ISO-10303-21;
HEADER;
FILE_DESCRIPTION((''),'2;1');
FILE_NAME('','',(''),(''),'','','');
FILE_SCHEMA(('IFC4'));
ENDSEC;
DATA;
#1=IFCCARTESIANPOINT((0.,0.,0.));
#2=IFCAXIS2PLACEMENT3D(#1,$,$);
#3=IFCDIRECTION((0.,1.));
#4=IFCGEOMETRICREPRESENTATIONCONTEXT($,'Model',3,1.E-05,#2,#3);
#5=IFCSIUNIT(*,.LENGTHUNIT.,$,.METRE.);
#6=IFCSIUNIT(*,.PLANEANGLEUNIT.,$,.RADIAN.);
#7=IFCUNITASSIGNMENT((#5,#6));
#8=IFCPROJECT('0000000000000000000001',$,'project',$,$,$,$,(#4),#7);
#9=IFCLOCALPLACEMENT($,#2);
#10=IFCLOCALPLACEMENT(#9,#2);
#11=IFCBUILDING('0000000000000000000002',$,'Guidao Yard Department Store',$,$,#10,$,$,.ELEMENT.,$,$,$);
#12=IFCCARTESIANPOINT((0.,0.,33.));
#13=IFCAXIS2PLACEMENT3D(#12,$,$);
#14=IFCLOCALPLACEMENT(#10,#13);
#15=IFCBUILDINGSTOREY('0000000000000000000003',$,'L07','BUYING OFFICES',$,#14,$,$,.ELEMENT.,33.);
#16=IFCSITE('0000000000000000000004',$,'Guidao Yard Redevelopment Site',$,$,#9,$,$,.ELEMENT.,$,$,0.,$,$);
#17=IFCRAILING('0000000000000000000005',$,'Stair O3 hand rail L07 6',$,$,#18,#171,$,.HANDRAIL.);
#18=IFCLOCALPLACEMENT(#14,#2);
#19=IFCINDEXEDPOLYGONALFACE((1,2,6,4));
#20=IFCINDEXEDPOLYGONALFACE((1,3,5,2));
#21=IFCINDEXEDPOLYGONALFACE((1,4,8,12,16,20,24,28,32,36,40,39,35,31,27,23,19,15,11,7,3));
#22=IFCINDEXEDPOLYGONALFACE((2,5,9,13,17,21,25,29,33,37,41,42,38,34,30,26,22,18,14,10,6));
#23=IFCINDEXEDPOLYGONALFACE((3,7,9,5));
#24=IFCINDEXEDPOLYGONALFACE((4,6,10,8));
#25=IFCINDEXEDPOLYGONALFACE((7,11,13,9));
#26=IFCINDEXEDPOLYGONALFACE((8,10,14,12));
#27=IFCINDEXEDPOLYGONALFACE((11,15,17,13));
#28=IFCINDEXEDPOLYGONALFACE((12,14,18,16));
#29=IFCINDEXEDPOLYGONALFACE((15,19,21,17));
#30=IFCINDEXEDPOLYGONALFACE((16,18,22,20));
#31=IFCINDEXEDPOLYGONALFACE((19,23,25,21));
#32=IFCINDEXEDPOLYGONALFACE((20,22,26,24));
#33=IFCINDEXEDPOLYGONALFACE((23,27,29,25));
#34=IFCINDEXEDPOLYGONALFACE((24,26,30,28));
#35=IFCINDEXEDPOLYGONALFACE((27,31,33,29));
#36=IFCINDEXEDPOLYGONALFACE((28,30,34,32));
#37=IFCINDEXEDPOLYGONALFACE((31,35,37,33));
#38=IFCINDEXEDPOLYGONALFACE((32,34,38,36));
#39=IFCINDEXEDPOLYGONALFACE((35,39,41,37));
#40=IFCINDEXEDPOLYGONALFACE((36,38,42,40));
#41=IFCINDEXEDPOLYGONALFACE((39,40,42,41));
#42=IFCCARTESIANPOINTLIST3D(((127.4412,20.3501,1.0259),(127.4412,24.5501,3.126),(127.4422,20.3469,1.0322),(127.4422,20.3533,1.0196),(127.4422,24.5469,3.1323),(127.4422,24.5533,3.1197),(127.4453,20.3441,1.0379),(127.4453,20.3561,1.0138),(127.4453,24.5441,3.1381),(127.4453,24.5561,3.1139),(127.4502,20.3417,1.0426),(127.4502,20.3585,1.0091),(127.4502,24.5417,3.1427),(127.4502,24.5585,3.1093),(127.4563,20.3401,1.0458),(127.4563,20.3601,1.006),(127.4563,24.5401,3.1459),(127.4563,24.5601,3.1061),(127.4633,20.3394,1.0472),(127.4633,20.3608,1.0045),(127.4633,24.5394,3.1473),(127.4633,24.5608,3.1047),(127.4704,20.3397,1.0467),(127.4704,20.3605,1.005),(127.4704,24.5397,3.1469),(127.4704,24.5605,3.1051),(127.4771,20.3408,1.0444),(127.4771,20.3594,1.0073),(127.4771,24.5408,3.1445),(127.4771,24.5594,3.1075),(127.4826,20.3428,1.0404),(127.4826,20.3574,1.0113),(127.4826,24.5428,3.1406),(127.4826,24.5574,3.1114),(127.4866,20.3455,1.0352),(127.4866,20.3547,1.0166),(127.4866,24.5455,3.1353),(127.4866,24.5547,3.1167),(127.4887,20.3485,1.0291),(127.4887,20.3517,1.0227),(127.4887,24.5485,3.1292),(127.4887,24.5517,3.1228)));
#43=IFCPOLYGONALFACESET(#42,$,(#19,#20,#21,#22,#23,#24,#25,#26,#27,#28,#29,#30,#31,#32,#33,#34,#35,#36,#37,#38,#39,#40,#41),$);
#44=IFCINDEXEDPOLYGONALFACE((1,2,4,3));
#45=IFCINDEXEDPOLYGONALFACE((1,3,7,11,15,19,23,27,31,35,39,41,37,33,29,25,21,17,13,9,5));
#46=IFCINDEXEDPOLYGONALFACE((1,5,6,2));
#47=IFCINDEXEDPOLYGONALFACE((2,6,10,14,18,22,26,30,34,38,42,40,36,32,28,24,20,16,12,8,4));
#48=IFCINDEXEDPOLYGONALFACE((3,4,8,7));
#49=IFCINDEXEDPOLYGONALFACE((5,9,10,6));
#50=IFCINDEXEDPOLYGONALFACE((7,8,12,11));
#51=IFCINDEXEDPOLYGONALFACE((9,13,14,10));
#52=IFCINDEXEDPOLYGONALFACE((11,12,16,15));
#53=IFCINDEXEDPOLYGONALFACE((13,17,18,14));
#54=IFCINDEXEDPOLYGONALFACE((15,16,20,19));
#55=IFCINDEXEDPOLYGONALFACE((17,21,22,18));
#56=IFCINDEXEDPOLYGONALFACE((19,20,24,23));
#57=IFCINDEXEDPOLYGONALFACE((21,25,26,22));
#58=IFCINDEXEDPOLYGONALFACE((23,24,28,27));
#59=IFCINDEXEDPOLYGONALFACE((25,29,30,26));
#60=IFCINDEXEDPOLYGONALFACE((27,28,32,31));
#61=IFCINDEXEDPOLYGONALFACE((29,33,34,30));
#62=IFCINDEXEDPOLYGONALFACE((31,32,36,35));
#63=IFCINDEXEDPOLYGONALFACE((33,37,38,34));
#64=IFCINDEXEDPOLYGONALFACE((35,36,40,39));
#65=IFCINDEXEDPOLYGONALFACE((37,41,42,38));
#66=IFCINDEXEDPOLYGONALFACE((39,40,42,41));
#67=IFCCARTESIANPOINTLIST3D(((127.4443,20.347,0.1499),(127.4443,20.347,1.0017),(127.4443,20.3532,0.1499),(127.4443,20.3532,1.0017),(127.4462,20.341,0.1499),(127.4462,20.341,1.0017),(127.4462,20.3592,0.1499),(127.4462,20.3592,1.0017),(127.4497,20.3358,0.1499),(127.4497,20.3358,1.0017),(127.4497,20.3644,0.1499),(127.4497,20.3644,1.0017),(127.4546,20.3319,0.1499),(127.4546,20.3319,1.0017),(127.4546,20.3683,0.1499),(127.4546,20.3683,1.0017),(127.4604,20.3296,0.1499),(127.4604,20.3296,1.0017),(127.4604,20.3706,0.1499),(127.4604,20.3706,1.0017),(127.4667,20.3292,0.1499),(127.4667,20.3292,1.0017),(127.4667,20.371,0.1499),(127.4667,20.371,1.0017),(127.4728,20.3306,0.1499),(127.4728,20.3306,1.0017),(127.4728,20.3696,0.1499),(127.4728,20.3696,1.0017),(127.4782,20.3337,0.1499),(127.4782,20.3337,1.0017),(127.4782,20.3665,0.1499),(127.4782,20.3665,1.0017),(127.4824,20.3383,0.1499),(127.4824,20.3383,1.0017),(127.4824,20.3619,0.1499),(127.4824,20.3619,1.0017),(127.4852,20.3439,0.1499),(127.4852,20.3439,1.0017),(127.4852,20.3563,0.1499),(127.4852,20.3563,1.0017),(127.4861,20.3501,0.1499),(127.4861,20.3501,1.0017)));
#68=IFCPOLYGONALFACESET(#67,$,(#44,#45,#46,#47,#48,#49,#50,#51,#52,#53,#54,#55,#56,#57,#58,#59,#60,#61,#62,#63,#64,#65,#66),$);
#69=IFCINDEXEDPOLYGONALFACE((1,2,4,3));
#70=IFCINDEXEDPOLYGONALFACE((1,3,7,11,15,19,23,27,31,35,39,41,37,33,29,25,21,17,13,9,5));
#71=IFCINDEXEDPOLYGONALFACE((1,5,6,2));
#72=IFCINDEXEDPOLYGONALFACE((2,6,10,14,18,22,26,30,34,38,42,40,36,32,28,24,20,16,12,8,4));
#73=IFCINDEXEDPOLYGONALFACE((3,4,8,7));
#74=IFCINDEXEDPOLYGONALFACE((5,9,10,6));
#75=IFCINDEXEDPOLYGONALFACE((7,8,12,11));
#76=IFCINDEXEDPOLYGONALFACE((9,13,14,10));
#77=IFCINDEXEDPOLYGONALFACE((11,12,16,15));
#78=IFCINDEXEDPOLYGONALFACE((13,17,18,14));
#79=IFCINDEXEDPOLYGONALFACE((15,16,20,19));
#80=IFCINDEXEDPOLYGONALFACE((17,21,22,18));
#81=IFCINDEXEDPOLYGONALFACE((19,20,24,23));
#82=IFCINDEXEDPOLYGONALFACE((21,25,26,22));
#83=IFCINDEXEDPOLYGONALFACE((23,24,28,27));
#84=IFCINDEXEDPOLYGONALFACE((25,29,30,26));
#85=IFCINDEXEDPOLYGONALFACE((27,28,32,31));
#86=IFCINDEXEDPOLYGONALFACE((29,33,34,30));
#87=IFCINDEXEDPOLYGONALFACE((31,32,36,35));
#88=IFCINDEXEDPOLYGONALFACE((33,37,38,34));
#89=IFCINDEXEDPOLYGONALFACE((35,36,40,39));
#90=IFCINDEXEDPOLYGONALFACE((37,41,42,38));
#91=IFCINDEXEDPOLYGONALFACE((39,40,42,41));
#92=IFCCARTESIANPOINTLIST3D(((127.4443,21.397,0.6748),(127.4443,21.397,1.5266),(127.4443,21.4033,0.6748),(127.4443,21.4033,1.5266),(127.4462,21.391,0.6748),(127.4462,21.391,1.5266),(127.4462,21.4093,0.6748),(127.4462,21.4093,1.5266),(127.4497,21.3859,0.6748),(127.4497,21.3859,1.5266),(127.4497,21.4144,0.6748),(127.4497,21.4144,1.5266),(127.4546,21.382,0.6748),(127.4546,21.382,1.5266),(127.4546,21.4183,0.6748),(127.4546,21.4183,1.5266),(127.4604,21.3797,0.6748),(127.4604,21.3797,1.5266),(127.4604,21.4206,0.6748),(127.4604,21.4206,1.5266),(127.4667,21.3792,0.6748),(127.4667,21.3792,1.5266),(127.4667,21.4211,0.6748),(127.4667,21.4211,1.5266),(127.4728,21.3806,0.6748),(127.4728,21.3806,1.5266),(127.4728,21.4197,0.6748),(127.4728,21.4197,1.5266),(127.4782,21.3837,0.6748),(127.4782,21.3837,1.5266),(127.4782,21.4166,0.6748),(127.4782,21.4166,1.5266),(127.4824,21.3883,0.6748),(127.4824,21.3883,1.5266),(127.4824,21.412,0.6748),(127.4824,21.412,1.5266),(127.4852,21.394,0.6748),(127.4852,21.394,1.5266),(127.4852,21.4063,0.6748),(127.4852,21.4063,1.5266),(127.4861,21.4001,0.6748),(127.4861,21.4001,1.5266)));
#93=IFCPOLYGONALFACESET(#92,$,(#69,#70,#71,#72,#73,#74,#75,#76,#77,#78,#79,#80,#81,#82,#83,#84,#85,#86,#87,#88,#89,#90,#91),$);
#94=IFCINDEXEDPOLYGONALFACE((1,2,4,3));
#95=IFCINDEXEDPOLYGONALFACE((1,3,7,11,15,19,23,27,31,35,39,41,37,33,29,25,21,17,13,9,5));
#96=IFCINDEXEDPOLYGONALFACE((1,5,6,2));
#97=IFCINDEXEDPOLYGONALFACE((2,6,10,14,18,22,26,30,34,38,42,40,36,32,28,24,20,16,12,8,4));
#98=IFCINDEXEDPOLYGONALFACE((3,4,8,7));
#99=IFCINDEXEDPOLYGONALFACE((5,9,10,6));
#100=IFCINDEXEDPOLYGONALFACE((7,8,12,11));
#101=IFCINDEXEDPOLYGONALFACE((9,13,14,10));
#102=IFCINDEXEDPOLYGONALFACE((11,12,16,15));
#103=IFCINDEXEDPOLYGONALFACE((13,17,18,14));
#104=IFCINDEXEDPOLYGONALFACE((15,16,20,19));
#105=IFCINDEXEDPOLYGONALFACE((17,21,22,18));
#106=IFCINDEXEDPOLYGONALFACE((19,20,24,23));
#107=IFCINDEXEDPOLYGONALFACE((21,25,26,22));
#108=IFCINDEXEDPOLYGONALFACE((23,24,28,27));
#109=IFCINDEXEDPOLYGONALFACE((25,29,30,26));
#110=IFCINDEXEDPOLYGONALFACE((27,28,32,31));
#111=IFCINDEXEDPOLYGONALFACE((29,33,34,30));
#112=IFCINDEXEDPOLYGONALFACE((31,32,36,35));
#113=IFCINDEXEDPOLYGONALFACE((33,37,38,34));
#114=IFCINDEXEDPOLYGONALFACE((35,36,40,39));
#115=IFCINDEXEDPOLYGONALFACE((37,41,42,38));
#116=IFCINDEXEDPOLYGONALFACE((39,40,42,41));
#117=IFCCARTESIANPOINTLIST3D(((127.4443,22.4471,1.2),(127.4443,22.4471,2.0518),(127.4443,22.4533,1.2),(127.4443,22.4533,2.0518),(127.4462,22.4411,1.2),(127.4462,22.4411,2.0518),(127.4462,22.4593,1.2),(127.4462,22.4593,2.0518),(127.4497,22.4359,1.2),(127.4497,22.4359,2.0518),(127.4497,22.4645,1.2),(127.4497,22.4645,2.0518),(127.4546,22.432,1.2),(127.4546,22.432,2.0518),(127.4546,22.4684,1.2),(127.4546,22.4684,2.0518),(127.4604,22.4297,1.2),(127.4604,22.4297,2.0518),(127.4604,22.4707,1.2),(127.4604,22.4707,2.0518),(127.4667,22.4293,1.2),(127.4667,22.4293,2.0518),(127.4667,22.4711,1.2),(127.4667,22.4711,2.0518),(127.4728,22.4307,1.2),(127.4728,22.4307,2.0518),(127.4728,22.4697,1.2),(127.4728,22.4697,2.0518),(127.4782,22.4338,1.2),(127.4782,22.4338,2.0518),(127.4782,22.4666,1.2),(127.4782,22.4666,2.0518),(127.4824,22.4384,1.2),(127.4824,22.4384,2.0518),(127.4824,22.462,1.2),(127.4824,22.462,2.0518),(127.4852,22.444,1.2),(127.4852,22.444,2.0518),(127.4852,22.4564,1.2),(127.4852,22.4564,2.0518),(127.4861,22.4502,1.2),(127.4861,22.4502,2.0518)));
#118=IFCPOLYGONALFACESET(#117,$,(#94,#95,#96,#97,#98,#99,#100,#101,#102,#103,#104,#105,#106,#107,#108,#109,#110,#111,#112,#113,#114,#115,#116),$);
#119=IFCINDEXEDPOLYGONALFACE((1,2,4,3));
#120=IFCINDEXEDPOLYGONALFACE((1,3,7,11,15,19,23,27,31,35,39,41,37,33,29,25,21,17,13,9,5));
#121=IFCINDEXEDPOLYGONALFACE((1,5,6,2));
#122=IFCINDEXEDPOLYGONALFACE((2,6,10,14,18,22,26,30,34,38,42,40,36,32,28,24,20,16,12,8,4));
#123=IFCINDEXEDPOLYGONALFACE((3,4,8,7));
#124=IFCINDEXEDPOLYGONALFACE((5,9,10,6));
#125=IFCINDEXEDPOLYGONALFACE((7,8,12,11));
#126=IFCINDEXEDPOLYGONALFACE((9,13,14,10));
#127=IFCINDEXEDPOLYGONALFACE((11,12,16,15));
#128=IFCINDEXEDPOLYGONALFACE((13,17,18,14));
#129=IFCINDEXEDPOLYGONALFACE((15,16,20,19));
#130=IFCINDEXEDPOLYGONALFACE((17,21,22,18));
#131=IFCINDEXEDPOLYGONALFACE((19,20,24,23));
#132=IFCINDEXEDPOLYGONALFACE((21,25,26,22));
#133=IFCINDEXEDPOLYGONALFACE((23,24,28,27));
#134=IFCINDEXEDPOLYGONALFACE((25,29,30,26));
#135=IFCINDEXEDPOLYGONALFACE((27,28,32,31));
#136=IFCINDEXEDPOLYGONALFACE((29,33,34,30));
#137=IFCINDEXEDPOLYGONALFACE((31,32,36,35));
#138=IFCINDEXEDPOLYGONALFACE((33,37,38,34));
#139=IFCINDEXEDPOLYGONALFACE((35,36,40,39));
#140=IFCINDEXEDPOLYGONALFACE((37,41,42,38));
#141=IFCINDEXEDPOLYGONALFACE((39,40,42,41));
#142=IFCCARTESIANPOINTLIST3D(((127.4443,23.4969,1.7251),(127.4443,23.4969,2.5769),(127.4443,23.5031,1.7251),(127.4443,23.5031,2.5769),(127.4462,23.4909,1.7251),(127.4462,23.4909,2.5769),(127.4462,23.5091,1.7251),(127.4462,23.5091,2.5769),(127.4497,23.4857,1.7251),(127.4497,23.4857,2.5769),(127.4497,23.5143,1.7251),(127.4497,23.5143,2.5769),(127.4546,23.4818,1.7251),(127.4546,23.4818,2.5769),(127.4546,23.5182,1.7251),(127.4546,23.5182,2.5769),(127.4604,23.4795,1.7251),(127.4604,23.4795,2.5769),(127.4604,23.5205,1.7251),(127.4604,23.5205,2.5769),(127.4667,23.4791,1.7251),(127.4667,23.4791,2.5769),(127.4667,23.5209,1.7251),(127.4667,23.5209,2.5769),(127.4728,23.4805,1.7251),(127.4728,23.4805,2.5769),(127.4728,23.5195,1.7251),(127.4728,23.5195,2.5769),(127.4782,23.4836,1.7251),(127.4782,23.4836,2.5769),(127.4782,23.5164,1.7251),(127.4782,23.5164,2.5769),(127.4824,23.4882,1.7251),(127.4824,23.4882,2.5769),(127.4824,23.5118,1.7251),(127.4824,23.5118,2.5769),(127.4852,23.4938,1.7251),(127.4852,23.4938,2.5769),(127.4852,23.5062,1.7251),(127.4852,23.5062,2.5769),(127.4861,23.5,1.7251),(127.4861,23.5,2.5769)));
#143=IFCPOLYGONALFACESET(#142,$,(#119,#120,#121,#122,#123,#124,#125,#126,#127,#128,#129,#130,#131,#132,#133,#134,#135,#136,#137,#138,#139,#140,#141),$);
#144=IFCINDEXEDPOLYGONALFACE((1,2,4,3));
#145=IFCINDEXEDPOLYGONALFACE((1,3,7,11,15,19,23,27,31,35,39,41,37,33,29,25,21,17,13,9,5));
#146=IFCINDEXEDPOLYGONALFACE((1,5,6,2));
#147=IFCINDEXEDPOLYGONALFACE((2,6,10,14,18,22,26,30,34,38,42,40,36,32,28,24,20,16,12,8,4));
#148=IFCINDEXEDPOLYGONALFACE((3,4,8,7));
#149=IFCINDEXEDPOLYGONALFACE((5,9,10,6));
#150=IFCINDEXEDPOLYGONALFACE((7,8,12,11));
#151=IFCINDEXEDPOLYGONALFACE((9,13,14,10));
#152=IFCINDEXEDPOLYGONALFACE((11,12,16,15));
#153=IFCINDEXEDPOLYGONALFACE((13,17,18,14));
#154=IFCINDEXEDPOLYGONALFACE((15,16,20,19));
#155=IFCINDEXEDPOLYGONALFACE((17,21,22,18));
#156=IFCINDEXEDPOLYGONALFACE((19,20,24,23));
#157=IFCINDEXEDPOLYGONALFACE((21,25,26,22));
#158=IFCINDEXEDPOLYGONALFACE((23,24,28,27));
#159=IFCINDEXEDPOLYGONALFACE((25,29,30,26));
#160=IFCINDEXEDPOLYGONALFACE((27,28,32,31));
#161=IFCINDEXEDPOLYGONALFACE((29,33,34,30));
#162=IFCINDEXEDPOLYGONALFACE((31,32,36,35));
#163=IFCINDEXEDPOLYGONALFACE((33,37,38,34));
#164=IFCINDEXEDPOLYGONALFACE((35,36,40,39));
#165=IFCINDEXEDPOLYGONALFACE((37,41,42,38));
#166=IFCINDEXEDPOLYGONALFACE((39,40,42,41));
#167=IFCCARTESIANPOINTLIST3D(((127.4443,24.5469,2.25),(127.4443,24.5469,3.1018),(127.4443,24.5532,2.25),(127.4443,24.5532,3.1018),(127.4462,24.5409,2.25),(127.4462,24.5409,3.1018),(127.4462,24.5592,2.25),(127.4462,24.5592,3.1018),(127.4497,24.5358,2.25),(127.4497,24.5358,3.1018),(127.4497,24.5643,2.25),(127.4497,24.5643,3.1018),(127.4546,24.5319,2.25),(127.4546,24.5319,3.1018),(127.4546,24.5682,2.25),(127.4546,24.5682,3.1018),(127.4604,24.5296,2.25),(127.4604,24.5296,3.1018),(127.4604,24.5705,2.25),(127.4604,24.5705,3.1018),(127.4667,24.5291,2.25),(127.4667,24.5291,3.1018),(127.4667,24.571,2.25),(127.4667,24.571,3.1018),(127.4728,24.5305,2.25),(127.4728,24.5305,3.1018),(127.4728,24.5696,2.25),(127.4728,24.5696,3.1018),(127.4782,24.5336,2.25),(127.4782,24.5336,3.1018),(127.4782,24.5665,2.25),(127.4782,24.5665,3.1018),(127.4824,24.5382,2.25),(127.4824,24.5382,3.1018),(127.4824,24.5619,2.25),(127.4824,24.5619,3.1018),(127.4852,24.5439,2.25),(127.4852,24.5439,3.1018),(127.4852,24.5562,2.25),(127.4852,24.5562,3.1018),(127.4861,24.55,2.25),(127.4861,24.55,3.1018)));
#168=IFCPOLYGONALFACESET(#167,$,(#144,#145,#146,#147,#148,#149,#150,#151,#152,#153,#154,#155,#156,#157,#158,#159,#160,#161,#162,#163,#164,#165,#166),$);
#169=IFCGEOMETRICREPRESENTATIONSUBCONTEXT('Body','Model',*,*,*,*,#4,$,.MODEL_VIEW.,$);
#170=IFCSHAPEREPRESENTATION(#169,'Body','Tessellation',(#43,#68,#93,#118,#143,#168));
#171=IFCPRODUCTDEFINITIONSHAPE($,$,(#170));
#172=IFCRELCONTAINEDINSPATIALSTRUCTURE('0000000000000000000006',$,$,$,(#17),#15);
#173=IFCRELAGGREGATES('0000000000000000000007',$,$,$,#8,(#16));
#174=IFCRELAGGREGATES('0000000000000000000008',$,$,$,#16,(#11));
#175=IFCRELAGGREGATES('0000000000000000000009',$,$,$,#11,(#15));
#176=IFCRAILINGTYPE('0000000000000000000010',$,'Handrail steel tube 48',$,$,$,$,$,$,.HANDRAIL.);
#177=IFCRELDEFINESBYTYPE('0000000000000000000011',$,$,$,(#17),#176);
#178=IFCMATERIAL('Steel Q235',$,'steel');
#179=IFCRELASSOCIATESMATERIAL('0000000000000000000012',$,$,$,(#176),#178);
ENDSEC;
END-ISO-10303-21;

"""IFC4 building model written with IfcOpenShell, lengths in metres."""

from ifc_helpers import new_model, si_unit, direction, frame, origin, origin_2d, place, context, subcontext, project, spatial, circle, extrude, material, type_object, element, save


model = new_model("IFC4")

# Units and contexts
model_context = context("Model", 3, precision=1e-05, world=origin(), true_north=direction((0.0, 1.0)))
body_context = subcontext(model_context, "Body", "Model", "MODEL_VIEW")
ifc_project = project(units=[si_unit("LENGTHUNIT", "METRE"), si_unit("PLANEANGLEUNIT", "RADIAN")], contexts=[model_context])

# Site, building, storey
site_placement = place(None, origin())
site = spatial("IfcSite", under=ifc_project, at=site_placement, Name="Guidao Yard Redevelopment Site", CompositionType="ELEMENT", RefElevation=0.0)
building_placement = place(site_placement, origin())
building = spatial("IfcBuilding", under=site, at=building_placement, Name="Guidao Yard Department Store", CompositionType="ELEMENT")
storey_placement = place(building_placement, frame((0.0, 0.0, 33.0)))
storey = spatial("IfcBuildingStorey", under=building, at=storey_placement, Name="L07", Description="BUYING OFFICES", CompositionType="ELEMENT", Elevation=33.0)

# Railing
ifc_material_1 = material(Name="Steel Q235", Category="steel")
railing_type_1 = type_object("IfcRailingType", Name="Handrail steel tube 48", PredefinedType="HANDRAIL", material=ifc_material_1)
for number, where, name in (
    (1, (127.4651, 20.3501, 0.1499), "Stair O3 hand rail L07 6"),
):
    element("IfcRailing", number, at=place(storey_placement, frame(where)), inside=storey, type_object=railing_type_1, Name=name, PredefinedType="HANDRAIL", context=body_context, shape_type="SweptSolid", body=[
        extrude(circle(Radius=0.0239, at=origin_2d()), frame((0.0, 0.0, 0.876), z_axis=(0.0, 0.894417, 0.447234), x_axis=(-1.0, 0.0, 0.0)), (0.0, 0.0, 1.0), 4.6958),
        extrude(circle(Radius=0.021, at=origin_2d()), origin(), (0.0, 0.0, 1.0), 0.8518),
        extrude(circle(Radius=0.021, at=origin_2d()), frame((0.0, 1.05, 0.5249)), (0.0, 0.0, 1.0), 0.8518),
        extrude(circle(Radius=0.021, at=origin_2d()), frame((0.0, 2.1001, 1.05)), (0.0, 0.0, 1.0), 0.8518),
        extrude(circle(Radius=0.021, at=origin_2d()), frame((0.0, 3.1499, 1.5752)), (0.0, 0.0, 1.0), 0.8518),
        extrude(circle(Radius=0.021, at=origin_2d()), frame((0.0, 4.2, 2.1001)), (0.0, 0.0, 1.0), 0.8518),
    ])

save(model, "model.ifc")
